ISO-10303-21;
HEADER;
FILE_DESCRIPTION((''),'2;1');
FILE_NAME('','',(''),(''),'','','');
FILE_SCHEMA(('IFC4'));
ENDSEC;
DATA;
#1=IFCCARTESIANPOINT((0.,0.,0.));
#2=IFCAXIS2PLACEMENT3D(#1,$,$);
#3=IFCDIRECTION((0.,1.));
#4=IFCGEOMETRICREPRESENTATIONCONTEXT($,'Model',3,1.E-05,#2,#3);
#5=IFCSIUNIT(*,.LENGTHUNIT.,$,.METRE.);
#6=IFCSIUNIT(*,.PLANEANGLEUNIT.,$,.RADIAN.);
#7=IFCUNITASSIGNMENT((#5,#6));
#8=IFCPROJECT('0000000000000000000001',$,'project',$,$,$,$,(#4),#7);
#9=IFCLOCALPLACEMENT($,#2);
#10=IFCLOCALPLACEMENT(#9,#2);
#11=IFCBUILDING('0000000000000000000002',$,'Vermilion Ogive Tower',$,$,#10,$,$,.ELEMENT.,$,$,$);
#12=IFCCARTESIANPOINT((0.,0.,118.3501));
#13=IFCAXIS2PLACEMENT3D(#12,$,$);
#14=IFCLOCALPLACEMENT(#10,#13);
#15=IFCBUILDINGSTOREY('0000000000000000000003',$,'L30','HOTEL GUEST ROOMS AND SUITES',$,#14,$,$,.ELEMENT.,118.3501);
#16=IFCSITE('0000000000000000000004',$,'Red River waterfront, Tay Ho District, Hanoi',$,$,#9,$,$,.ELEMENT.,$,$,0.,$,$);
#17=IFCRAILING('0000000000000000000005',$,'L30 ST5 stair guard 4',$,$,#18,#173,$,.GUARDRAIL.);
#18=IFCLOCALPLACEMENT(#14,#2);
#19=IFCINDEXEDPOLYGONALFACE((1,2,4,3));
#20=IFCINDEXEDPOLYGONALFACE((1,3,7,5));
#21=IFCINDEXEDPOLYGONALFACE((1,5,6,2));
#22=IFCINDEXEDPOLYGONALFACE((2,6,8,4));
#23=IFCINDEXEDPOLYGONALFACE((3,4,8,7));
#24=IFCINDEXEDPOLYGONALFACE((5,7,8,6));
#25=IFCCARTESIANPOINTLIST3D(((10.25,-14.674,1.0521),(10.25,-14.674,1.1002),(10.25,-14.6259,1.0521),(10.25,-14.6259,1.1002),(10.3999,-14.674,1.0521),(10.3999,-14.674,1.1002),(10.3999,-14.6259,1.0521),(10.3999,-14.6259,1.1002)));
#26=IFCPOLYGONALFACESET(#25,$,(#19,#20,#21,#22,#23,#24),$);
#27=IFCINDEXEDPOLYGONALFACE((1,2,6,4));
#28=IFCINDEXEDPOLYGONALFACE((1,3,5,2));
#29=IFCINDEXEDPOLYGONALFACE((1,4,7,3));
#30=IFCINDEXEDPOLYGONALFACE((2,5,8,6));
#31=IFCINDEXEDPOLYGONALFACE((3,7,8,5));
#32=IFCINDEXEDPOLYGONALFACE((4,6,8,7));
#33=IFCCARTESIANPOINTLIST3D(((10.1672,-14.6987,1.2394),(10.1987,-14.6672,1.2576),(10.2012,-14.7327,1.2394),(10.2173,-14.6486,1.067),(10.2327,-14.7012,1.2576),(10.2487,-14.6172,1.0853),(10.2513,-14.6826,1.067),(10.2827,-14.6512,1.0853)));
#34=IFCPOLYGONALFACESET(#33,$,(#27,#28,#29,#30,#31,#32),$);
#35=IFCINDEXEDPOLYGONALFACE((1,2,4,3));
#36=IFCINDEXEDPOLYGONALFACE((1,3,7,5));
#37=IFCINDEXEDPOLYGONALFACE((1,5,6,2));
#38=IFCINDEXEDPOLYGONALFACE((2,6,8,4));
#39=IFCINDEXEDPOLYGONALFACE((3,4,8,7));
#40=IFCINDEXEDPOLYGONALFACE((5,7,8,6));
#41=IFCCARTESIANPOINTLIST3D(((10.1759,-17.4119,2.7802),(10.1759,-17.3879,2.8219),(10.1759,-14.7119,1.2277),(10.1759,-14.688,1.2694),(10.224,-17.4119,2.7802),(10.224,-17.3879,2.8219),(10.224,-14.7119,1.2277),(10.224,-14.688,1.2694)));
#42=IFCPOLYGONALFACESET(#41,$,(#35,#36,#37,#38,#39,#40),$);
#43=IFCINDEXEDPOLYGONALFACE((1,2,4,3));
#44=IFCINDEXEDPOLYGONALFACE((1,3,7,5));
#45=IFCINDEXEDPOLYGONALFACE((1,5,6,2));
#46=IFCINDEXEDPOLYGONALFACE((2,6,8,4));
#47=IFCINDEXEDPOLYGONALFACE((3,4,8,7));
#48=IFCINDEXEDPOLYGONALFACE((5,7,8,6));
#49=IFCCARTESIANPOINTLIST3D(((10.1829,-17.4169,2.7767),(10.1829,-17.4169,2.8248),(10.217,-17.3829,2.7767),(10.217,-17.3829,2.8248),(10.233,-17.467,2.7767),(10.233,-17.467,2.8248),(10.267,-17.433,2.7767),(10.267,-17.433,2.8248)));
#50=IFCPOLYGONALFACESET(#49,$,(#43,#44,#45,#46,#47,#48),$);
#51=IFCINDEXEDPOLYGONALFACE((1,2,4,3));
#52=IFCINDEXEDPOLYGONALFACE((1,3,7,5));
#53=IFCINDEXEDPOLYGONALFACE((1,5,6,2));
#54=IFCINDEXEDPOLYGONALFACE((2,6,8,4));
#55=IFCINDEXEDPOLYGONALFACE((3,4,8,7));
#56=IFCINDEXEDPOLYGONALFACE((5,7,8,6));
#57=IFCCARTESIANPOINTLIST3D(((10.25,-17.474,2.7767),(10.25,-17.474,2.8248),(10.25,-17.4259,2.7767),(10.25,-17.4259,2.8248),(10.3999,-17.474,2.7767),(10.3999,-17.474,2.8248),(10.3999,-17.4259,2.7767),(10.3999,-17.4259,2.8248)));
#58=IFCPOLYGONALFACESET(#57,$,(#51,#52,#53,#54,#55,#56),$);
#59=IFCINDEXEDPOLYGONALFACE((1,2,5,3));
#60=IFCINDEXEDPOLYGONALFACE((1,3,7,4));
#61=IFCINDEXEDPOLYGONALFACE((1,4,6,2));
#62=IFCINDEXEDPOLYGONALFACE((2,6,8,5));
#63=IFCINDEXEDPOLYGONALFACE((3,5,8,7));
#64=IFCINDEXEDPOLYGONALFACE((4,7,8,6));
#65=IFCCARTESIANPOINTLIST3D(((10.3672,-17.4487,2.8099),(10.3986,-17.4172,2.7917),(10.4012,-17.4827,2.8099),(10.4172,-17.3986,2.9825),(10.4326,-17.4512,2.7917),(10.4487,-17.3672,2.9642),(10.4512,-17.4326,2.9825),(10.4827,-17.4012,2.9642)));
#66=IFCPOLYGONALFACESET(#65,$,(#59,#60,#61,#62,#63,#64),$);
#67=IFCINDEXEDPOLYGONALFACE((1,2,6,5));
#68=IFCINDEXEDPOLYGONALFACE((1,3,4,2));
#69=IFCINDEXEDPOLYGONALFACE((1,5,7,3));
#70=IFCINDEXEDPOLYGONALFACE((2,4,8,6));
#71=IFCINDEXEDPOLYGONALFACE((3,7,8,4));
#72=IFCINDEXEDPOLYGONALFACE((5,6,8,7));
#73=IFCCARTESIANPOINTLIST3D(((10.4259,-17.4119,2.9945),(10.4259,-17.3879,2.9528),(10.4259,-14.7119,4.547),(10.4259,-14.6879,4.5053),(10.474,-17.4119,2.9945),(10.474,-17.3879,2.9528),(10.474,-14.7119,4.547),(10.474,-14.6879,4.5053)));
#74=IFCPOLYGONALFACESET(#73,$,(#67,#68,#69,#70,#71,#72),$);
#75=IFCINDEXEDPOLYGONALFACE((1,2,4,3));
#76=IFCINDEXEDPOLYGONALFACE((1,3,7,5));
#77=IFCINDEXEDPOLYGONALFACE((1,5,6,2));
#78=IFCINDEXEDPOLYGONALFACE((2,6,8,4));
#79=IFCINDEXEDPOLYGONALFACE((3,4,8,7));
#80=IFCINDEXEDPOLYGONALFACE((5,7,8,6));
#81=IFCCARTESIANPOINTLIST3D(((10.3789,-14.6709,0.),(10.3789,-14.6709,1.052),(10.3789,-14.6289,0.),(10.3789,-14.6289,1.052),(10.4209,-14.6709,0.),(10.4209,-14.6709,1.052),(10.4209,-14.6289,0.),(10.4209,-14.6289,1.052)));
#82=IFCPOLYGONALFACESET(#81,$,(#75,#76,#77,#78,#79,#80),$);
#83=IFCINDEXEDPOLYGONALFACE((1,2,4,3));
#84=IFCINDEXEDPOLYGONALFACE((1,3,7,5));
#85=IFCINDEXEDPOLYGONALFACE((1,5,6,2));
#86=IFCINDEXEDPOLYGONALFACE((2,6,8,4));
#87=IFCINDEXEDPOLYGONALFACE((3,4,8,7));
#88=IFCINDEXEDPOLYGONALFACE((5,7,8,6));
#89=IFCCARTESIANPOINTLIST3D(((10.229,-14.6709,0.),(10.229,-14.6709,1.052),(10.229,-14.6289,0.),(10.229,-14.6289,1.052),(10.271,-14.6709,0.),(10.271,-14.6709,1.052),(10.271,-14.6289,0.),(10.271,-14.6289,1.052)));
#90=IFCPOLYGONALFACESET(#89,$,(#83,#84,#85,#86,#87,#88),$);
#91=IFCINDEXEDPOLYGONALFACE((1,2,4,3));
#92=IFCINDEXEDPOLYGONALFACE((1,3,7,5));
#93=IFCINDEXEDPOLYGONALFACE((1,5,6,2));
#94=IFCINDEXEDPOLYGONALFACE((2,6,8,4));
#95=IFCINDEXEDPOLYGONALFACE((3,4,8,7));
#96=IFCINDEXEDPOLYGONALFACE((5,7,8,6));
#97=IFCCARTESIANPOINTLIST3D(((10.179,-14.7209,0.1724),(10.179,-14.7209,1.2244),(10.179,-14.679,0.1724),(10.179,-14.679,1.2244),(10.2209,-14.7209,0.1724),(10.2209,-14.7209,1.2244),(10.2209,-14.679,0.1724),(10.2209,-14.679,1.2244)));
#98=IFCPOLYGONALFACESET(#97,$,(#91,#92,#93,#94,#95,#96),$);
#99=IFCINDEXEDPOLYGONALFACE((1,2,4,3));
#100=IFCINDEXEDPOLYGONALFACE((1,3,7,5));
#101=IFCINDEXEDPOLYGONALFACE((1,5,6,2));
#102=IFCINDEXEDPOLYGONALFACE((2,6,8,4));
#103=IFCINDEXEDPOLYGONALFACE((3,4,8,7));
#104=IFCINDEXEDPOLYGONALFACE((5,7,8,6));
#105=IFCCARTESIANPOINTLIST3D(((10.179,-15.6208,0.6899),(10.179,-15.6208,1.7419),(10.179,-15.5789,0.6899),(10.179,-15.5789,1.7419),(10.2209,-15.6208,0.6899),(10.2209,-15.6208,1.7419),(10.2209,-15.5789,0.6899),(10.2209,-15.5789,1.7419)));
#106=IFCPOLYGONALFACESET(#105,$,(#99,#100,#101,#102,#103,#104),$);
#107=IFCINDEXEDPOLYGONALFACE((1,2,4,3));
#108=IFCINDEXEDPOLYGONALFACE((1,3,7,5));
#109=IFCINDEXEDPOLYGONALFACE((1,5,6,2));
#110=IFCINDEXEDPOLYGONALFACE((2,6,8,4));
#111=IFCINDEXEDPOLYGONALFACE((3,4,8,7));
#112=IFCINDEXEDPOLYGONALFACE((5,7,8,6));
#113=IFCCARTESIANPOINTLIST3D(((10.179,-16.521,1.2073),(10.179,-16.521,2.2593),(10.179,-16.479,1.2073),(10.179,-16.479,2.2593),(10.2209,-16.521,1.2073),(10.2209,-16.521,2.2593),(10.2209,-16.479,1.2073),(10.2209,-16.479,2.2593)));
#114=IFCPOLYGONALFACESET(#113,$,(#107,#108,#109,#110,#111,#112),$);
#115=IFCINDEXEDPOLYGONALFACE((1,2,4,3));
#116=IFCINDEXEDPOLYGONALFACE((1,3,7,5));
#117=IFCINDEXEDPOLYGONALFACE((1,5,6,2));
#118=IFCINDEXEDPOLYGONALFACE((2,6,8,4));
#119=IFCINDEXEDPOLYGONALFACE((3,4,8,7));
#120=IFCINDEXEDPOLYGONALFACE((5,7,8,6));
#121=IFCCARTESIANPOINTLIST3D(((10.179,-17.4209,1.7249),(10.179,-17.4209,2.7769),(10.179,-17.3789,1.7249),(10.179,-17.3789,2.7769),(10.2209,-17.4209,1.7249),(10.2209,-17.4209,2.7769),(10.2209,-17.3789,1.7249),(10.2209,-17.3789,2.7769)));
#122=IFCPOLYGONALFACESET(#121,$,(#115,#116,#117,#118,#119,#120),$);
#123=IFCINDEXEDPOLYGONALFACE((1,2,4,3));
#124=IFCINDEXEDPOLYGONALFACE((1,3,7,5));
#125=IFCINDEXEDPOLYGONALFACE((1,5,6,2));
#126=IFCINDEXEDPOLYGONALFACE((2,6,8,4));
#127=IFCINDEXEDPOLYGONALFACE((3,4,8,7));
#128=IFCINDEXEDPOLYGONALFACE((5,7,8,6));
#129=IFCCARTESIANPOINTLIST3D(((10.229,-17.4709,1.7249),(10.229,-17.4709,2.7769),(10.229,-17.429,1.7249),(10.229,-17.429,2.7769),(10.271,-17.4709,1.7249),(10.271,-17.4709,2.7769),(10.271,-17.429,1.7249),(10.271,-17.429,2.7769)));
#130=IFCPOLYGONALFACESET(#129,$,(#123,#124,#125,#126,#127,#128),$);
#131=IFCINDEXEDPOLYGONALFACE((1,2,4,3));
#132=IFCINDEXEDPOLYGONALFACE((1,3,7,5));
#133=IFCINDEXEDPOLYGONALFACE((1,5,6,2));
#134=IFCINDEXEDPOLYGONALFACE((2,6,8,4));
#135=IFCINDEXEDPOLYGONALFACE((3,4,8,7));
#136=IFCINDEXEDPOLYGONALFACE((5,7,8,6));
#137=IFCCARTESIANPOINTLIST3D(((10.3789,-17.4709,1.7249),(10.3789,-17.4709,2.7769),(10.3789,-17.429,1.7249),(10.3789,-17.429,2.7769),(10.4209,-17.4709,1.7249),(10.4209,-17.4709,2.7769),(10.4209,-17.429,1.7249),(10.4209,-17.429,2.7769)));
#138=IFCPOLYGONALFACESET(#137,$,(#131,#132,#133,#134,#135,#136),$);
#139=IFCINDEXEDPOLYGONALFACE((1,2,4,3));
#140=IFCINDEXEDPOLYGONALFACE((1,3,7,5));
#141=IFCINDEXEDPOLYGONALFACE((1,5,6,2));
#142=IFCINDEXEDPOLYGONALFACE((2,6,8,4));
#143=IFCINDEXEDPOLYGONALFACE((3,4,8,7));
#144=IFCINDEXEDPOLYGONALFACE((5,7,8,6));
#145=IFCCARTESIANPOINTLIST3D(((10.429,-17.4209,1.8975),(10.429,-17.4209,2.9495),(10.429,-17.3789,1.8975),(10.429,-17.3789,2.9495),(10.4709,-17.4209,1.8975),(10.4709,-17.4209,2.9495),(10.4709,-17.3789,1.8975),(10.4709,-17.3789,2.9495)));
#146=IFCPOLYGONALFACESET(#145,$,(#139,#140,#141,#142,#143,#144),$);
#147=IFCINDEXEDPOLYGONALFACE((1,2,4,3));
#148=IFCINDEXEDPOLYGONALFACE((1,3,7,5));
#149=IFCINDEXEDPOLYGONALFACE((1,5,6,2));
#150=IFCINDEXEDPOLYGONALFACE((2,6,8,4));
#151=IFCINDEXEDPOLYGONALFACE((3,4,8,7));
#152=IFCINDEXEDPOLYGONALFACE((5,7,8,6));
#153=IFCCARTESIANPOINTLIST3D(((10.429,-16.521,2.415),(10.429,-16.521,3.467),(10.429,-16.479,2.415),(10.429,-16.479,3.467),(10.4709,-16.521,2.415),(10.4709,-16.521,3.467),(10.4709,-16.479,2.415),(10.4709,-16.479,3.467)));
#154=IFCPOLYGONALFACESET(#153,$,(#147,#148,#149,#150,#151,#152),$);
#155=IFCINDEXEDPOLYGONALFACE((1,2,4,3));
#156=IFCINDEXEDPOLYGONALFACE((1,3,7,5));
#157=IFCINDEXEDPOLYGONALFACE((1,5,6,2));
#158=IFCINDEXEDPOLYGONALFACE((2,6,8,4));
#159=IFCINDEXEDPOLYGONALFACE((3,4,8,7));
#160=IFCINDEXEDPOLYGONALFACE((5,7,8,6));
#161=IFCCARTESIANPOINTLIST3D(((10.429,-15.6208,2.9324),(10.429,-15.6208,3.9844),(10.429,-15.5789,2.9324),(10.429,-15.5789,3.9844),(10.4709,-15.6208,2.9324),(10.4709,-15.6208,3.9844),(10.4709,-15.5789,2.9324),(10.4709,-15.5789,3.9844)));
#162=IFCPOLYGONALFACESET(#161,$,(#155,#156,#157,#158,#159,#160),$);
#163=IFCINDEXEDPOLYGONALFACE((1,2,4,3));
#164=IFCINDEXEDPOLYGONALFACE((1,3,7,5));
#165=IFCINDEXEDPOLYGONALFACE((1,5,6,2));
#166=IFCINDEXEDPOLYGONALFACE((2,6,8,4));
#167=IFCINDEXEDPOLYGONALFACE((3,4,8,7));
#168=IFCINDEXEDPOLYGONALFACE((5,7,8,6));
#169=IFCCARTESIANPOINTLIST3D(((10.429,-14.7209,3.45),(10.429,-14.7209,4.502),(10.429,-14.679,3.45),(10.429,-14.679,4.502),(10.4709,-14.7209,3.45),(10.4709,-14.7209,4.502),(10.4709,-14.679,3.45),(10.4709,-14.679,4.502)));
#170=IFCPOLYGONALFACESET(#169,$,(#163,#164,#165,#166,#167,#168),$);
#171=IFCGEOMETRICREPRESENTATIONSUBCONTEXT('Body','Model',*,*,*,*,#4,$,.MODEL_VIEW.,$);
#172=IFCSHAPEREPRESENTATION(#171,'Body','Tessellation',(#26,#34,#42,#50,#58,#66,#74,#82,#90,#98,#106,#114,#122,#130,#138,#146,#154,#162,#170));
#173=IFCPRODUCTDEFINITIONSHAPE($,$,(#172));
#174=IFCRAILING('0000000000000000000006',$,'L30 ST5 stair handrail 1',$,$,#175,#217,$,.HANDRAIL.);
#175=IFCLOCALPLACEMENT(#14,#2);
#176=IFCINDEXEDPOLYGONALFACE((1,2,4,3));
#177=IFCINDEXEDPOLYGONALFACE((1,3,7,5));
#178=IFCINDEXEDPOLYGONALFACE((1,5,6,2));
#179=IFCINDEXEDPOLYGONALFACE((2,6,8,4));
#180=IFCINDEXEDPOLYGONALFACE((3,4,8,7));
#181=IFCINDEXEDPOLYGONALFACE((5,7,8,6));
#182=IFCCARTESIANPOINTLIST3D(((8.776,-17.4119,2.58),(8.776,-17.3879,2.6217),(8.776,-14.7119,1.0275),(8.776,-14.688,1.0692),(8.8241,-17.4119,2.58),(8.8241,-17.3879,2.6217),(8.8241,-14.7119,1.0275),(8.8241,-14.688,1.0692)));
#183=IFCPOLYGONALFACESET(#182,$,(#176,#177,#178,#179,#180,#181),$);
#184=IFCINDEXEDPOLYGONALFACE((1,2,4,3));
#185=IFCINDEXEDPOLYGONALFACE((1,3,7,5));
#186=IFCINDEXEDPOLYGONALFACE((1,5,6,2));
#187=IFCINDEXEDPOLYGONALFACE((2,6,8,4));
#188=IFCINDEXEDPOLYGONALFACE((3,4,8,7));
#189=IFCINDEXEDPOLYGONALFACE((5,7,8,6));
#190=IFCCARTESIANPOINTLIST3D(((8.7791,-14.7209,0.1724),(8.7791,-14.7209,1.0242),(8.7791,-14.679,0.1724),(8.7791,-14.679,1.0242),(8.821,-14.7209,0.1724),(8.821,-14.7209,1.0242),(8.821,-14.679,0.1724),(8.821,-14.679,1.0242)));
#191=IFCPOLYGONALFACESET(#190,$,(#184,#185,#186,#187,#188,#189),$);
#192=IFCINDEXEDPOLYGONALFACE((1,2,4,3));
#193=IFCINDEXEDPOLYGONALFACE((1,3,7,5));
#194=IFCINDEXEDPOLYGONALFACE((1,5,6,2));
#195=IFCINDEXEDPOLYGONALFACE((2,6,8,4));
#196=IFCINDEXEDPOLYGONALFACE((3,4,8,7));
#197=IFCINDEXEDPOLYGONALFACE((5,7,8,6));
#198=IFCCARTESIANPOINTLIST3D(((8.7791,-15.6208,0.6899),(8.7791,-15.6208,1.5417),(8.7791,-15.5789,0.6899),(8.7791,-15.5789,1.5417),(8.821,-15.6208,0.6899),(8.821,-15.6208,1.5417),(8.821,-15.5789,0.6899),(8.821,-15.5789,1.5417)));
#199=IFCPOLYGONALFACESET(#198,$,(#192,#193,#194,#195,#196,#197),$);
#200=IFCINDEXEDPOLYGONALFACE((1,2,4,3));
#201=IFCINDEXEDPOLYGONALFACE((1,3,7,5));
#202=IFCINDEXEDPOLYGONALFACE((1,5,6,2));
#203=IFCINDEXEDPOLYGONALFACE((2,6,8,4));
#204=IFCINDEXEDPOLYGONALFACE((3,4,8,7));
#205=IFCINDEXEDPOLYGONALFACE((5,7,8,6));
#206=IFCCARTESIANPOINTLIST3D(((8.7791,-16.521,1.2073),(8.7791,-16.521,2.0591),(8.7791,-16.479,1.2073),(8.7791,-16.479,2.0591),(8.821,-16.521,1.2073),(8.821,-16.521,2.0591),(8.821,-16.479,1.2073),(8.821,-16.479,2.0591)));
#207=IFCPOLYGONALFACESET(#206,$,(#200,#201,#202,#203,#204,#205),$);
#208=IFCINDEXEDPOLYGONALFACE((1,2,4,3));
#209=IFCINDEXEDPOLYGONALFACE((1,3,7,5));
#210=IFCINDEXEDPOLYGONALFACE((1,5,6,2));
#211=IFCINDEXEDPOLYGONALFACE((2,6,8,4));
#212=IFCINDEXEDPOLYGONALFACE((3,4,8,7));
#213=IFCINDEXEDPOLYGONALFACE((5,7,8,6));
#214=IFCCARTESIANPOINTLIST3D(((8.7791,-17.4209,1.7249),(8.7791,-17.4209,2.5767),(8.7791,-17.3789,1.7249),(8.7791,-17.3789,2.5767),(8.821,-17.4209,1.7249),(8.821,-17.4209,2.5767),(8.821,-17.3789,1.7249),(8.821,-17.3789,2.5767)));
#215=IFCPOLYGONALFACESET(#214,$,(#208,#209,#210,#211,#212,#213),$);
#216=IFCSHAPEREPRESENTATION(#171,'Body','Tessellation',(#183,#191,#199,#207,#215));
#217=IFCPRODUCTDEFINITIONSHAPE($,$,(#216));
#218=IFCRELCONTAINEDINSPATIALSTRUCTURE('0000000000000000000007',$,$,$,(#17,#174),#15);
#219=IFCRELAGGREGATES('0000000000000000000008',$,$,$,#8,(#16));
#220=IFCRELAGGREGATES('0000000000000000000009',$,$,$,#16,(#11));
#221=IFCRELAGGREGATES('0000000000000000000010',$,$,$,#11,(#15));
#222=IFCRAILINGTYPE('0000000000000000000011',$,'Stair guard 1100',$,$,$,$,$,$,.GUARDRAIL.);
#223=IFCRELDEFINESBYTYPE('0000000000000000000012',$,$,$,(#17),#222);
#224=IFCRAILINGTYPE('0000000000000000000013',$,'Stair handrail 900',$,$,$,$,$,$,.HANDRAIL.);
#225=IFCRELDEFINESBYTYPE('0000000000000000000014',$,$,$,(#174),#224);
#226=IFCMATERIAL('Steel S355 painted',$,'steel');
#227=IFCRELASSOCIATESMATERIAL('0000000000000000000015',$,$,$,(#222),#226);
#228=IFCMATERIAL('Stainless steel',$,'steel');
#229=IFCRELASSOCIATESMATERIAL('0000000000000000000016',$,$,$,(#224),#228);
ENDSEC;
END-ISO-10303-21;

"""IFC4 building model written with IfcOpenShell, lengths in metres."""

from ifc_helpers import new_model, si_unit, direction, frame, origin, origin_2d, place, context, subcontext, project, spatial, rectangle, extrude, material, type_object, element, save


model = new_model("IFC4")

# Units and contexts
model_context = context("Model", 3, precision=1e-05, world=origin(), true_north=direction((0.0, 1.0)))
body_context = subcontext(model_context, "Body", "Model", "MODEL_VIEW")
ifc_project = project(units=[si_unit("LENGTHUNIT", "METRE"), si_unit("PLANEANGLEUNIT", "RADIAN")], contexts=[model_context])

# Site, building, storey
site_placement = place(None, origin())
site = spatial("IfcSite", under=ifc_project, at=site_placement, Name="Red River waterfront, Tay Ho District, Hanoi", CompositionType="ELEMENT", RefElevation=0.0)
building_placement = place(site_placement, origin())
building = spatial("IfcBuilding", under=site, at=building_placement, Name="Vermilion Ogive Tower", CompositionType="ELEMENT")
storey_placement = place(building_placement, frame((0.0, 0.0, 118.3501)))
storey = spatial("IfcBuildingStorey", under=building, at=storey_placement, Name="L30", Description="HOTEL GUEST ROOMS AND SUITES", CompositionType="ELEMENT", Elevation=118.3501)

# Railings
ifc_material_1 = material(Name="Steel S355 painted", Category="steel")
railing_type_1 = type_object("IfcRailingType", Name="Stair guard 1100", PredefinedType="GUARDRAIL", material=ifc_material_1)
railing_1_placement = place(storey_placement, frame((10.3999, -14.6499, 0.0)))
element("IfcRailing", 1, at=railing_1_placement, inside=storey, type_object=railing_type_1, Name="L30 ST5 stair guard 4", PredefinedType="GUARDRAIL", context=body_context, shape_type="SweptSolid", body=[
    extrude(rectangle(XDim=0.0481, YDim=0.0481, at=origin_2d()), frame((0.0, 0.0, 1.0762), z_axis=(-1.0, 0.0, 0.0), x_axis=(0.0, -1.0, 0.0)), (0.0, 0.0, 1.0), 0.1499),
    extrude(rectangle(XDim=0.0481, YDim=0.0481, at=origin_2d()), frame((-0.1499, 0.0, 1.0762), z_axis=(-0.268603, -0.268603, 0.925043), x_axis=(0.707107, -0.707107, 0.0)), (0.0, 0.0, 1.0), 0.1863),
    extrude(rectangle(XDim=0.0481, YDim=0.0481, at=origin_2d()), frame((-0.2, -0.05, 1.2485), z_axis=(0.0, -0.866904, 0.498476), x_axis=(1.0, 0.0, 0.0)), (0.0, 0.0, 1.0), 3.1145),
    extrude(rectangle(XDim=0.0481, YDim=0.0481, at=origin_2d()), frame((-0.2, -2.75, 2.8008), z_axis=(0.707107, -0.707107, 0.0), x_axis=(0.707107, 0.707107, 0.0)), (0.0, 0.0, 1.0), 0.0708),
    extrude(rectangle(XDim=0.0481, YDim=0.0481, at=origin_2d()), frame((-0.1499, -2.8, 2.8008), z_axis=(1.0, 0.0, 0.0), x_axis=(0.0, 1.0, 0.0)), (0.0, 0.0, 1.0), 0.1499),
    extrude(rectangle(XDim=0.0481, YDim=0.0481, at=origin_2d()), frame((0.0, -2.8, 2.8008), z_axis=(0.268278, 0.268278, 0.925232), x_axis=(-0.707107, 0.707107, 0.0)), (0.0, 0.0, 1.0), 0.1865),
    extrude(rectangle(XDim=0.0481, YDim=0.0481, at=origin_2d()), frame((0.05, -2.75, 2.9736), z_axis=(0.0, 0.866904, 0.498476), x_axis=(-1.0, 0.0, 0.0)), (0.0, 0.0, 1.0), 3.1145),
    extrude(rectangle(XDim=0.042, YDim=0.042, at=origin_2d()), origin(), (0.0, 0.0, 1.0), 1.052),
    extrude(rectangle(XDim=0.042, YDim=0.042, at=origin_2d()), frame((-0.1499, 0.0, 0.0)), (0.0, 0.0, 1.0), 1.052),
    extrude(rectangle(XDim=0.042, YDim=0.042, at=origin_2d()), frame((-0.2, -0.05, 0.1724)), (0.0, 0.0, 1.0), 1.052),
    extrude(rectangle(XDim=0.042, YDim=0.042, at=origin_2d()), frame((-0.2, -0.95, 0.6899)), (0.0, 0.0, 1.0), 1.052),
    extrude(rectangle(XDim=0.042, YDim=0.042, at=origin_2d()), frame((-0.2, -1.8501, 1.2073)), (0.0, 0.0, 1.0), 1.052),
    extrude(rectangle(XDim=0.042, YDim=0.042, at=origin_2d()), frame((-0.2, -2.75, 1.7249)), (0.0, 0.0, 1.0), 1.052),
    extrude(rectangle(XDim=0.042, YDim=0.042, at=origin_2d()), frame((-0.1499, -2.8, 1.7249)), (0.0, 0.0, 1.0), 1.052),
    extrude(rectangle(XDim=0.042, YDim=0.042, at=origin_2d()), frame((0.0, -2.8, 1.7249)), (0.0, 0.0, 1.0), 1.052),
    extrude(rectangle(XDim=0.042, YDim=0.042, at=origin_2d()), frame((0.05, -2.75, 1.8975)), (0.0, 0.0, 1.0), 1.052),
    extrude(rectangle(XDim=0.042, YDim=0.042, at=origin_2d()), frame((0.05, -1.8501, 2.415)), (0.0, 0.0, 1.0), 1.052),
    extrude(rectangle(XDim=0.042, YDim=0.042, at=origin_2d()), frame((0.05, -0.95, 2.9324)), (0.0, 0.0, 1.0), 1.052),
    extrude(rectangle(XDim=0.042, YDim=0.042, at=origin_2d()), frame((0.05, -0.05, 3.45)), (0.0, 0.0, 1.0), 1.052),
])
ifc_material_2 = material(Name="Stainless steel", Category="steel")
railing_type_2 = type_object("IfcRailingType", Name="Stair handrail 900", PredefinedType="HANDRAIL", material=ifc_material_2)
railing_2_placement = place(storey_placement, frame((8.8, -14.7, 0.1724)))
element("IfcRailing", 2, at=railing_2_placement, inside=storey, type_object=railing_type_2, Name="L30 ST5 stair handrail 1", PredefinedType="HANDRAIL", context=body_context, shape_type="SweptSolid", body=[
    extrude(rectangle(XDim=0.0481, YDim=0.0481, at=origin_2d()), frame((0.0, 0.0, 0.876), z_axis=(0.0, -0.866904, 0.498476), x_axis=(1.0, 0.0, 0.0)), (0.0, 0.0, 1.0), 3.1145),
    extrude(rectangle(XDim=0.042, YDim=0.042, at=origin_2d()), origin(), (0.0, 0.0, 1.0), 0.8518),
    extrude(rectangle(XDim=0.042, YDim=0.042, at=origin_2d()), frame((0.0, -0.8999, 0.5176)), (0.0, 0.0, 1.0), 0.8518),
    extrude(rectangle(XDim=0.042, YDim=0.042, at=origin_2d()), frame((0.0, -1.8, 1.0349)), (0.0, 0.0, 1.0), 0.8518),
    extrude(rectangle(XDim=0.042, YDim=0.042, at=origin_2d()), frame((0.0, -2.7, 1.5525)), (0.0, 0.0, 1.0), 0.8518),
])

save(model, "model.ifc")
